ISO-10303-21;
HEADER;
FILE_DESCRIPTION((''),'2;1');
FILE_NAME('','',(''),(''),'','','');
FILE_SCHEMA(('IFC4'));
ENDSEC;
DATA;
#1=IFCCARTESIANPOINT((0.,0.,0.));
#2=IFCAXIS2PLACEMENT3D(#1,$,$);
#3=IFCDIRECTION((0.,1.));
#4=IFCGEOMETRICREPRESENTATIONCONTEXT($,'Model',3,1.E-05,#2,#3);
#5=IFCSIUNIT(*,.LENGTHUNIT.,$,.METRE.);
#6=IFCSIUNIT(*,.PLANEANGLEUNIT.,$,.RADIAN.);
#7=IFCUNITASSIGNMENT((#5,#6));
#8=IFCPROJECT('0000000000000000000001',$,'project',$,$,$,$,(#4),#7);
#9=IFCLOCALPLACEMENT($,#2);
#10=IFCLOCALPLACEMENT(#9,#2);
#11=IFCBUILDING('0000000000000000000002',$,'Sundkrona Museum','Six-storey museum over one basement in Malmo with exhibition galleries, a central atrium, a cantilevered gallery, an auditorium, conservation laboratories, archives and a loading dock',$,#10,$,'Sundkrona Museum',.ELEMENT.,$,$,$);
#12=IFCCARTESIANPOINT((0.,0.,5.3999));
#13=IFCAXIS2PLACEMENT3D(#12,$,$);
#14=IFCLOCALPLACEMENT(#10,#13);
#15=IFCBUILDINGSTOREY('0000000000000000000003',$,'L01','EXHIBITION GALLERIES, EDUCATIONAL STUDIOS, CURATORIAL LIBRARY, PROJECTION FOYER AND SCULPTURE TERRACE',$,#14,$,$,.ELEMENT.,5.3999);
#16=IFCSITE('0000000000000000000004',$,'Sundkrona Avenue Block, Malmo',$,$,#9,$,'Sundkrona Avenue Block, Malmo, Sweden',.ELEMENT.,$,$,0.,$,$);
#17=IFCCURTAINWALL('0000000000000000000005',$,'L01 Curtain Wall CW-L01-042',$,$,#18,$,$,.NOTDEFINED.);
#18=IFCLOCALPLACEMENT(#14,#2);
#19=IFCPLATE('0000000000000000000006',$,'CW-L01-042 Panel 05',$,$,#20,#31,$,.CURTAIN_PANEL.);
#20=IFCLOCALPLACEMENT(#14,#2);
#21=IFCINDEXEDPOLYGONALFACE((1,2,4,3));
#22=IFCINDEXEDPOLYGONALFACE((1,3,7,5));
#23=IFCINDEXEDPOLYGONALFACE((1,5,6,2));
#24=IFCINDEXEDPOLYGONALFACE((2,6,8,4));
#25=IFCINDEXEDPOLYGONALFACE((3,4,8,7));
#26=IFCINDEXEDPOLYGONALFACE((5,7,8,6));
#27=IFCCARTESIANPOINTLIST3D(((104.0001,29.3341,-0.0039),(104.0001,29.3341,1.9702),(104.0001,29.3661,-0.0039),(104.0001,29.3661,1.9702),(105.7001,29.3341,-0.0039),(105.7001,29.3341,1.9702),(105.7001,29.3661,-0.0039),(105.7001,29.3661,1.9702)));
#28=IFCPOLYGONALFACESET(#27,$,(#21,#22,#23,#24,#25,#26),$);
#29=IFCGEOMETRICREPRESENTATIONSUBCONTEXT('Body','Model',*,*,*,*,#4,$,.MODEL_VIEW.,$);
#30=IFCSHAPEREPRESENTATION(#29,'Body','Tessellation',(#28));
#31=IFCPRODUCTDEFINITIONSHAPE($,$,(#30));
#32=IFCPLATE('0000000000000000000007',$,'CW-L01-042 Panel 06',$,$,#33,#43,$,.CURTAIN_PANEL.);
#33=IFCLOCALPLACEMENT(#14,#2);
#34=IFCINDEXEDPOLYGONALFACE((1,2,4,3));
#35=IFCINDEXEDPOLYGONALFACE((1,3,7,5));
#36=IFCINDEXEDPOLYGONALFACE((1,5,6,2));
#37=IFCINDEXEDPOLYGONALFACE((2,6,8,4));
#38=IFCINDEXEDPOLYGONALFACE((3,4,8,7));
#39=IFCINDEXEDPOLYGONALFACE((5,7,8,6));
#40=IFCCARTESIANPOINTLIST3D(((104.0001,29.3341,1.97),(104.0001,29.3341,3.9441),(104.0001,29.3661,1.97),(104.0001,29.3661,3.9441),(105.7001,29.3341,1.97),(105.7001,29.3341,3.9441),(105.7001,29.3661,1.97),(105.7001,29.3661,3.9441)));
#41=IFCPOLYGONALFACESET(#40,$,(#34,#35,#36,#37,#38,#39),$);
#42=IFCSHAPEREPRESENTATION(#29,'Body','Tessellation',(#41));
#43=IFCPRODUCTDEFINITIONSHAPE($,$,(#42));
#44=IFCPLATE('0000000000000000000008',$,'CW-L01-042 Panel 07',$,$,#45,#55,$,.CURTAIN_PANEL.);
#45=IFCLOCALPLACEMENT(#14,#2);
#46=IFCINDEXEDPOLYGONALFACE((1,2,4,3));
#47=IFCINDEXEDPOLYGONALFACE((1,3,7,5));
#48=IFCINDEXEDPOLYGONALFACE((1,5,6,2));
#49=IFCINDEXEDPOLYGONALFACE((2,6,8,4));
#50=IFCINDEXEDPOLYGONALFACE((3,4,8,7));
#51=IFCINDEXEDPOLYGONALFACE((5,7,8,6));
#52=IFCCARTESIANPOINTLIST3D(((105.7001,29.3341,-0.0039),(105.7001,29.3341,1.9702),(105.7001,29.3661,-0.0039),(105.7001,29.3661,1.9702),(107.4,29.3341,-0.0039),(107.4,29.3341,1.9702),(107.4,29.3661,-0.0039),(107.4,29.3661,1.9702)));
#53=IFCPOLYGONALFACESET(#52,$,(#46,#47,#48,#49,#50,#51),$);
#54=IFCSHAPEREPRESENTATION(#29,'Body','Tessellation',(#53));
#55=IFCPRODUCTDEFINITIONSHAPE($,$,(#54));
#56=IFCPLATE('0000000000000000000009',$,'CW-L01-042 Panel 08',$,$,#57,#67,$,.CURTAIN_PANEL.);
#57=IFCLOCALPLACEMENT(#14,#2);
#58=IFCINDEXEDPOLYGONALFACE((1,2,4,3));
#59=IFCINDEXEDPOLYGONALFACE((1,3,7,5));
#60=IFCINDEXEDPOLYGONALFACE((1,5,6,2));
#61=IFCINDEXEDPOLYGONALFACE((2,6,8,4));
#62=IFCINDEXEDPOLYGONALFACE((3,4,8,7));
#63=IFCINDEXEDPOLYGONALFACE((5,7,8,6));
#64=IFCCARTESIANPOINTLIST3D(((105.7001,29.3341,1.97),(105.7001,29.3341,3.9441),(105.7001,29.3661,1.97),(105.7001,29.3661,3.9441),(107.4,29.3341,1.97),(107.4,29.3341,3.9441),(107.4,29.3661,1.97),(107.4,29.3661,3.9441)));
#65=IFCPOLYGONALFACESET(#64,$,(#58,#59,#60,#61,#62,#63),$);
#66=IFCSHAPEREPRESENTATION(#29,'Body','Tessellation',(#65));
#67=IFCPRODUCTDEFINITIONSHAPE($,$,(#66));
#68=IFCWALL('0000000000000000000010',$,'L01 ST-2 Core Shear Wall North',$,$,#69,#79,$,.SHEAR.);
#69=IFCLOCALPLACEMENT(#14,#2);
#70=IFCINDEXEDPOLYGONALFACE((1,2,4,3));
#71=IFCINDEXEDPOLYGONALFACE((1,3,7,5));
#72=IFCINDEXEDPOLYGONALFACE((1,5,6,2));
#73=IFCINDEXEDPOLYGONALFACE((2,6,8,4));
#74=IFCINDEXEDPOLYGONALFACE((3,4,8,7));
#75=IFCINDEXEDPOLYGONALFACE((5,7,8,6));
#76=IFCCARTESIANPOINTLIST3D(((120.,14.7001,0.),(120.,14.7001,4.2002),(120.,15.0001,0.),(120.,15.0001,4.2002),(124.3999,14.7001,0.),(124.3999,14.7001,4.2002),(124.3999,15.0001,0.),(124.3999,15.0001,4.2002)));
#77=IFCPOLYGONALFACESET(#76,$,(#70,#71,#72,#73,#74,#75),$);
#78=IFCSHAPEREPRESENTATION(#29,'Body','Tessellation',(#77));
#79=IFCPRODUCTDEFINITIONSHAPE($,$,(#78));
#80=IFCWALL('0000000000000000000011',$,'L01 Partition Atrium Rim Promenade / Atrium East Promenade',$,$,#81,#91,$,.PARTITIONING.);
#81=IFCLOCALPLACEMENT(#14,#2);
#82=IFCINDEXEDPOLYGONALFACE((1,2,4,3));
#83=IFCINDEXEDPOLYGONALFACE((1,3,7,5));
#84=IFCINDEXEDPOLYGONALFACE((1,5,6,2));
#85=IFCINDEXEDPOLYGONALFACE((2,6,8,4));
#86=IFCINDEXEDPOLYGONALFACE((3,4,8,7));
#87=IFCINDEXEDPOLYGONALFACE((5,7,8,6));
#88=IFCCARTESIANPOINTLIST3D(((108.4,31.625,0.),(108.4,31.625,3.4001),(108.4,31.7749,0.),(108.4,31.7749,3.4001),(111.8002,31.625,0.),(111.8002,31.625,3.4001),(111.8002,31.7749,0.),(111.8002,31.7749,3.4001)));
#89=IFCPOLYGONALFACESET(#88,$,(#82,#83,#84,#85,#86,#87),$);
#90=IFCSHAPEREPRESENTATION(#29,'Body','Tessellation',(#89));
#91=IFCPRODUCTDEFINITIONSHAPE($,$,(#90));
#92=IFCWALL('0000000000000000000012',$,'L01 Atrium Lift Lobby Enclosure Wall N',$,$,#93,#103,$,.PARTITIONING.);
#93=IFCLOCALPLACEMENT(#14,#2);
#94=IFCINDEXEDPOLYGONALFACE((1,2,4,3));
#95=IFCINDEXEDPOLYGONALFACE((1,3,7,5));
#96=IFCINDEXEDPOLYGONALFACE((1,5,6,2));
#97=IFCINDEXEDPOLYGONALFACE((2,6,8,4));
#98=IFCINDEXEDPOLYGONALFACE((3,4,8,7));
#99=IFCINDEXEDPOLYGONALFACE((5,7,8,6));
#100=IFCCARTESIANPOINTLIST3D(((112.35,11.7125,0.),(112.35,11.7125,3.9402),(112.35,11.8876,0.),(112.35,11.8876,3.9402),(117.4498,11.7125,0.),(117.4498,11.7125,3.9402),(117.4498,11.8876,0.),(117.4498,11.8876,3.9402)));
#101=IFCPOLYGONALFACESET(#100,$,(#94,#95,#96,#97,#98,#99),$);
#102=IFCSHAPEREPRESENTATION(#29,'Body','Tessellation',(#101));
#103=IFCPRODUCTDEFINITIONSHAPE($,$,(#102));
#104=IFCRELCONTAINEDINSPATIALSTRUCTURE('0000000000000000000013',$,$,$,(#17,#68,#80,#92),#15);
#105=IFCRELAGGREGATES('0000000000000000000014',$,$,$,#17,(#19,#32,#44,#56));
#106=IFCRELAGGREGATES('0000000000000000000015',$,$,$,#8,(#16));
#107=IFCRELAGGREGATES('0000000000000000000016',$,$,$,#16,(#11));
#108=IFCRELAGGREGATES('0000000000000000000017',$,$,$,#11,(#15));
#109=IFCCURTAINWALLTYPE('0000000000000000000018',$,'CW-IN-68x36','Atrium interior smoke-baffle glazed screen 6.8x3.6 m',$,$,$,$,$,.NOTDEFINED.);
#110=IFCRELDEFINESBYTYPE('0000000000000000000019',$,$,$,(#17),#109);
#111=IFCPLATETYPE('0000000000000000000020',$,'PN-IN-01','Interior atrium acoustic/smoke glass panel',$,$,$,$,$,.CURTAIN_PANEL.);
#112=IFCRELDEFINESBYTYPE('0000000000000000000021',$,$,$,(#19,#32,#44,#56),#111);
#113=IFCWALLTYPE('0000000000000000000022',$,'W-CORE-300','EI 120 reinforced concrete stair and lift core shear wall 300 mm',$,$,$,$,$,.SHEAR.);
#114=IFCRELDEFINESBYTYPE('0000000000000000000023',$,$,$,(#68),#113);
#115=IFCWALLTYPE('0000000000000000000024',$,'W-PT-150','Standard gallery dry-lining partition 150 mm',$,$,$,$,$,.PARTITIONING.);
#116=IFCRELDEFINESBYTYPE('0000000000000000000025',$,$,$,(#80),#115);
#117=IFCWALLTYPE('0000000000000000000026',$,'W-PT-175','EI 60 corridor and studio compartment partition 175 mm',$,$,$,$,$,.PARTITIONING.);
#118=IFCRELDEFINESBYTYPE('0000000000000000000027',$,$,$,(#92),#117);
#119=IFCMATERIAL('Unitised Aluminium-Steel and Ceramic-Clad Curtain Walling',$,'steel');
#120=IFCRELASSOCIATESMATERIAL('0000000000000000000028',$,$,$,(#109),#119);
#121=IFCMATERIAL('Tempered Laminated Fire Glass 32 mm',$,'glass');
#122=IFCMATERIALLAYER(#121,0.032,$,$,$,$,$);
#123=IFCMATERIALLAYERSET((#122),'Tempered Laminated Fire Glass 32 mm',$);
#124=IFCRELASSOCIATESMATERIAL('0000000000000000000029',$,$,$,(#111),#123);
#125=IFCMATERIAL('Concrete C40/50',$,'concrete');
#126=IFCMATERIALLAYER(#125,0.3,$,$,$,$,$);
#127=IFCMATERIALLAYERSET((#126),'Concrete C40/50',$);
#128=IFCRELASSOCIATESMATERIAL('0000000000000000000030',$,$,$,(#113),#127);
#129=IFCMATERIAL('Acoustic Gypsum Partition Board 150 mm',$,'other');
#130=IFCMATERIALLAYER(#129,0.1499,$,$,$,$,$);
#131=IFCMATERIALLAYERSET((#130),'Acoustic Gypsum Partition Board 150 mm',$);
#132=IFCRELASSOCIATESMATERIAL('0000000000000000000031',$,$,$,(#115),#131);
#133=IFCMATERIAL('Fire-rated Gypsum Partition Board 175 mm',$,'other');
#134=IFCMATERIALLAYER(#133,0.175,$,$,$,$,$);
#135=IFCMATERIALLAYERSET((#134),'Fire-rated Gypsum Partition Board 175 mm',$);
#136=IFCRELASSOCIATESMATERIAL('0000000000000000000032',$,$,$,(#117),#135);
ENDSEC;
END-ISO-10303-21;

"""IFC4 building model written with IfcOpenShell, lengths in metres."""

from ifc_helpers import new_model, si_unit, direction, frame, frame_2d, origin, origin_2d, place, context, subcontext, project, spatial, rectangle, extrude, material, layer, layer_set, type_object, element, aggregate, save


model = new_model("IFC4")

# Units and contexts
model_context = context("Model", 3, precision=1e-05, world=origin(), true_north=direction((0.0, 1.0)))
body_context = subcontext(model_context, "Body", "Model", "MODEL_VIEW")
ifc_project = project(units=[si_unit("LENGTHUNIT", "METRE"), si_unit("PLANEANGLEUNIT", "RADIAN")], contexts=[model_context])

# Site, building, storey
site_placement = place(None, origin())
site = spatial("IfcSite", under=ifc_project, at=site_placement, Name="Sundkrona Avenue Block, Malmo", LongName="Sundkrona Avenue Block, Malmo, Sweden", CompositionType="ELEMENT", RefElevation=0.0)
building_placement = place(site_placement, origin())
building = spatial("IfcBuilding", under=site, at=building_placement, Name="Sundkrona Museum", Description="Six-storey museum over one basement in Malmo with exhibition galleries, a central atrium, a cantilevered gallery, an auditorium, conservation laboratories, archives and a loading dock", LongName="Sundkrona Museum", CompositionType="ELEMENT")
storey_placement = place(building_placement, frame((0.0, 0.0, 5.3999)))
storey = spatial("IfcBuildingStorey", under=building, at=storey_placement, Name="L01", Description="EXHIBITION GALLERIES, EDUCATIONAL STUDIOS, CURATORIAL LIBRARY, PROJECTION FOYER AND SCULPTURE TERRACE", CompositionType="ELEMENT", Elevation=5.3999)

# Curtain wall, plates
ifc_material_1 = material(Name="Unitised Aluminium-Steel and Ceramic-Clad Curtain Walling", Category="steel")
curtain_wall_type = type_object("IfcCurtainWallType", Name="CW-IN-68x36", Description="Atrium interior smoke-baffle glazed screen 6.8x3.6 m", PredefinedType="NOTDEFINED", material=ifc_material_1)
curtain_wall_placement = place(storey_placement, origin())
curtain_wall = element("IfcCurtainWall", 1, at=curtain_wall_placement, inside=storey, type_object=curtain_wall_type, Name="L01 Curtain Wall CW-L01-042", PredefinedType="NOTDEFINED")
ifc_material_2 = material(Name="Tempered Laminated Fire Glass 32 mm", Category="glass")
ifc_layer_1 = layer(ifc_material_2, 0.032)
ifc_layer_set_1 = layer_set([ifc_layer_1], Name="Tempered Laminated Fire Glass 32 mm")
plate_type = type_object("IfcPlateType", Name="PN-IN-01", Description="Interior atrium acoustic/smoke glass panel", PredefinedType="CURTAIN_PANEL", material=ifc_layer_set_1)
plate_1_placement = place(storey_placement, frame((104.8501, 29.3501, -0.0039), z_axis=(0.0, 0.0, 1.0), x_axis=(1.0, 0.0, 0.0)))
plate_1 = element("IfcPlate", 2, at=plate_1_placement, type_object=plate_type, Name="CW-L01-042 Panel 05", PredefinedType="CURTAIN_PANEL", context=body_context, shape_type="SweptSolid", body=[
    extrude(rectangle(XDim=1.7, YDim=0.032, at=origin_2d()), origin(), (0.0, 0.0, 1.0), 1.9741),
])
plate_2_placement = place(storey_placement, frame((104.8501, 29.3501, 1.97), z_axis=(0.0, 0.0, 1.0), x_axis=(1.0, 0.0, 0.0)))
plate_2 = element("IfcPlate", 3, at=plate_2_placement, type_object=plate_type, Name="CW-L01-042 Panel 06", PredefinedType="CURTAIN_PANEL", context=body_context, shape_type="SweptSolid", body=[
    extrude(rectangle(XDim=1.7, YDim=0.032, at=origin_2d()), origin(), (0.0, 0.0, 1.0), 1.9741),
])
plate_3_placement = place(storey_placement, frame((106.55, 29.3501, -0.0039), z_axis=(0.0, 0.0, 1.0), x_axis=(1.0, 0.0, 0.0)))
plate_3 = element("IfcPlate", 4, at=plate_3_placement, type_object=plate_type, Name="CW-L01-042 Panel 07", PredefinedType="CURTAIN_PANEL", context=body_context, shape_type="SweptSolid", body=[
    extrude(rectangle(XDim=1.7, YDim=0.032, at=origin_2d()), origin(), (0.0, 0.0, 1.0), 1.9741),
])
plate_4_placement = place(storey_placement, frame((106.55, 29.3501, 1.97), z_axis=(0.0, 0.0, 1.0), x_axis=(1.0, 0.0, 0.0)))
plate_4 = element("IfcPlate", 5, at=plate_4_placement, type_object=plate_type, Name="CW-L01-042 Panel 08", PredefinedType="CURTAIN_PANEL", context=body_context, shape_type="SweptSolid", body=[
    extrude(rectangle(XDim=1.7, YDim=0.032, at=origin_2d()), origin(), (0.0, 0.0, 1.0), 1.9741),
])
aggregate(curtain_wall, [plate_1, plate_2, plate_3, plate_4])

# Walls
ifc_material_3 = material(Name="Concrete C40/50", Category="concrete")
ifc_layer_2 = layer(ifc_material_3, 0.3)
ifc_layer_set_2 = layer_set([ifc_layer_2], Name="Concrete C40/50")
wall_type_1 = type_object("IfcWallType", Name="W-CORE-300", Description="EI 120 reinforced concrete stair and lift core shear wall 300 mm", PredefinedType="SHEAR", material=ifc_layer_set_2)
wall_1_placement = place(storey_placement, frame((120.0, 14.8501, 0.0), z_axis=(0.0, 0.0, 1.0), x_axis=(1.0, 0.0, 0.0)))
element("IfcWall", 6, at=wall_1_placement, inside=storey, type_object=wall_type_1, Name="L01 ST-2 Core Shear Wall North", PredefinedType="SHEAR", context=body_context, shape_type="SweptSolid", body=[
    extrude(rectangle(XDim=4.3999, YDim=0.3, at=frame_2d((2.2, 0.0))), origin(), (0.0, 0.0, 1.0), 4.2002),
])
ifc_material_4 = material(Name="Acoustic Gypsum Partition Board 150 mm", Category="other")
ifc_layer_3 = layer(ifc_material_4, 0.1499)
ifc_layer_set_3 = layer_set([ifc_layer_3], Name="Acoustic Gypsum Partition Board 150 mm")
wall_type_2 = type_object("IfcWallType", Name="W-PT-150", Description="Standard gallery dry-lining partition 150 mm", PredefinedType="PARTITIONING", material=ifc_layer_set_3)
wall_2_placement = place(storey_placement, frame((108.3999, 31.7, 0.0), z_axis=(0.0, 0.0, 1.0), x_axis=(1.0, 0.0, 0.0)))
element("IfcWall", 7, at=wall_2_placement, inside=storey, type_object=wall_type_2, Name="L01 Partition Atrium Rim Promenade / Atrium East Promenade", PredefinedType="PARTITIONING", context=body_context, shape_type="SweptSolid", body=[
    extrude(rectangle(XDim=3.4001, YDim=0.1499, at=frame_2d((1.7002, 0.0))), origin(), (0.0, 0.0, 1.0), 3.4001),
])
ifc_material_5 = material(Name="Fire-rated Gypsum Partition Board 175 mm", Category="other")
ifc_layer_4 = layer(ifc_material_5, 0.175)
ifc_layer_set_4 = layer_set([ifc_layer_4], Name="Fire-rated Gypsum Partition Board 175 mm")
wall_type_3 = type_object("IfcWallType", Name="W-PT-175", Description="EI 60 corridor and studio compartment partition 175 mm", PredefinedType="PARTITIONING", material=ifc_layer_set_4)
wall_3_placement = place(storey_placement, frame((112.3501, 11.8, 0.0), z_axis=(0.0, 0.0, 1.0), x_axis=(1.0, 0.0, 0.0)))
element("IfcWall", 8, at=wall_3_placement, inside=storey, type_object=wall_type_3, Name="L01 Atrium Lift Lobby Enclosure Wall N", PredefinedType="PARTITIONING", context=body_context, shape_type="SweptSolid", body=[
    extrude(rectangle(XDim=5.0999, YDim=0.175, at=frame_2d((2.5498, 0.0))), origin(), (0.0, 0.0, 1.0), 3.9402),
])

save(model, "model.ifc")
